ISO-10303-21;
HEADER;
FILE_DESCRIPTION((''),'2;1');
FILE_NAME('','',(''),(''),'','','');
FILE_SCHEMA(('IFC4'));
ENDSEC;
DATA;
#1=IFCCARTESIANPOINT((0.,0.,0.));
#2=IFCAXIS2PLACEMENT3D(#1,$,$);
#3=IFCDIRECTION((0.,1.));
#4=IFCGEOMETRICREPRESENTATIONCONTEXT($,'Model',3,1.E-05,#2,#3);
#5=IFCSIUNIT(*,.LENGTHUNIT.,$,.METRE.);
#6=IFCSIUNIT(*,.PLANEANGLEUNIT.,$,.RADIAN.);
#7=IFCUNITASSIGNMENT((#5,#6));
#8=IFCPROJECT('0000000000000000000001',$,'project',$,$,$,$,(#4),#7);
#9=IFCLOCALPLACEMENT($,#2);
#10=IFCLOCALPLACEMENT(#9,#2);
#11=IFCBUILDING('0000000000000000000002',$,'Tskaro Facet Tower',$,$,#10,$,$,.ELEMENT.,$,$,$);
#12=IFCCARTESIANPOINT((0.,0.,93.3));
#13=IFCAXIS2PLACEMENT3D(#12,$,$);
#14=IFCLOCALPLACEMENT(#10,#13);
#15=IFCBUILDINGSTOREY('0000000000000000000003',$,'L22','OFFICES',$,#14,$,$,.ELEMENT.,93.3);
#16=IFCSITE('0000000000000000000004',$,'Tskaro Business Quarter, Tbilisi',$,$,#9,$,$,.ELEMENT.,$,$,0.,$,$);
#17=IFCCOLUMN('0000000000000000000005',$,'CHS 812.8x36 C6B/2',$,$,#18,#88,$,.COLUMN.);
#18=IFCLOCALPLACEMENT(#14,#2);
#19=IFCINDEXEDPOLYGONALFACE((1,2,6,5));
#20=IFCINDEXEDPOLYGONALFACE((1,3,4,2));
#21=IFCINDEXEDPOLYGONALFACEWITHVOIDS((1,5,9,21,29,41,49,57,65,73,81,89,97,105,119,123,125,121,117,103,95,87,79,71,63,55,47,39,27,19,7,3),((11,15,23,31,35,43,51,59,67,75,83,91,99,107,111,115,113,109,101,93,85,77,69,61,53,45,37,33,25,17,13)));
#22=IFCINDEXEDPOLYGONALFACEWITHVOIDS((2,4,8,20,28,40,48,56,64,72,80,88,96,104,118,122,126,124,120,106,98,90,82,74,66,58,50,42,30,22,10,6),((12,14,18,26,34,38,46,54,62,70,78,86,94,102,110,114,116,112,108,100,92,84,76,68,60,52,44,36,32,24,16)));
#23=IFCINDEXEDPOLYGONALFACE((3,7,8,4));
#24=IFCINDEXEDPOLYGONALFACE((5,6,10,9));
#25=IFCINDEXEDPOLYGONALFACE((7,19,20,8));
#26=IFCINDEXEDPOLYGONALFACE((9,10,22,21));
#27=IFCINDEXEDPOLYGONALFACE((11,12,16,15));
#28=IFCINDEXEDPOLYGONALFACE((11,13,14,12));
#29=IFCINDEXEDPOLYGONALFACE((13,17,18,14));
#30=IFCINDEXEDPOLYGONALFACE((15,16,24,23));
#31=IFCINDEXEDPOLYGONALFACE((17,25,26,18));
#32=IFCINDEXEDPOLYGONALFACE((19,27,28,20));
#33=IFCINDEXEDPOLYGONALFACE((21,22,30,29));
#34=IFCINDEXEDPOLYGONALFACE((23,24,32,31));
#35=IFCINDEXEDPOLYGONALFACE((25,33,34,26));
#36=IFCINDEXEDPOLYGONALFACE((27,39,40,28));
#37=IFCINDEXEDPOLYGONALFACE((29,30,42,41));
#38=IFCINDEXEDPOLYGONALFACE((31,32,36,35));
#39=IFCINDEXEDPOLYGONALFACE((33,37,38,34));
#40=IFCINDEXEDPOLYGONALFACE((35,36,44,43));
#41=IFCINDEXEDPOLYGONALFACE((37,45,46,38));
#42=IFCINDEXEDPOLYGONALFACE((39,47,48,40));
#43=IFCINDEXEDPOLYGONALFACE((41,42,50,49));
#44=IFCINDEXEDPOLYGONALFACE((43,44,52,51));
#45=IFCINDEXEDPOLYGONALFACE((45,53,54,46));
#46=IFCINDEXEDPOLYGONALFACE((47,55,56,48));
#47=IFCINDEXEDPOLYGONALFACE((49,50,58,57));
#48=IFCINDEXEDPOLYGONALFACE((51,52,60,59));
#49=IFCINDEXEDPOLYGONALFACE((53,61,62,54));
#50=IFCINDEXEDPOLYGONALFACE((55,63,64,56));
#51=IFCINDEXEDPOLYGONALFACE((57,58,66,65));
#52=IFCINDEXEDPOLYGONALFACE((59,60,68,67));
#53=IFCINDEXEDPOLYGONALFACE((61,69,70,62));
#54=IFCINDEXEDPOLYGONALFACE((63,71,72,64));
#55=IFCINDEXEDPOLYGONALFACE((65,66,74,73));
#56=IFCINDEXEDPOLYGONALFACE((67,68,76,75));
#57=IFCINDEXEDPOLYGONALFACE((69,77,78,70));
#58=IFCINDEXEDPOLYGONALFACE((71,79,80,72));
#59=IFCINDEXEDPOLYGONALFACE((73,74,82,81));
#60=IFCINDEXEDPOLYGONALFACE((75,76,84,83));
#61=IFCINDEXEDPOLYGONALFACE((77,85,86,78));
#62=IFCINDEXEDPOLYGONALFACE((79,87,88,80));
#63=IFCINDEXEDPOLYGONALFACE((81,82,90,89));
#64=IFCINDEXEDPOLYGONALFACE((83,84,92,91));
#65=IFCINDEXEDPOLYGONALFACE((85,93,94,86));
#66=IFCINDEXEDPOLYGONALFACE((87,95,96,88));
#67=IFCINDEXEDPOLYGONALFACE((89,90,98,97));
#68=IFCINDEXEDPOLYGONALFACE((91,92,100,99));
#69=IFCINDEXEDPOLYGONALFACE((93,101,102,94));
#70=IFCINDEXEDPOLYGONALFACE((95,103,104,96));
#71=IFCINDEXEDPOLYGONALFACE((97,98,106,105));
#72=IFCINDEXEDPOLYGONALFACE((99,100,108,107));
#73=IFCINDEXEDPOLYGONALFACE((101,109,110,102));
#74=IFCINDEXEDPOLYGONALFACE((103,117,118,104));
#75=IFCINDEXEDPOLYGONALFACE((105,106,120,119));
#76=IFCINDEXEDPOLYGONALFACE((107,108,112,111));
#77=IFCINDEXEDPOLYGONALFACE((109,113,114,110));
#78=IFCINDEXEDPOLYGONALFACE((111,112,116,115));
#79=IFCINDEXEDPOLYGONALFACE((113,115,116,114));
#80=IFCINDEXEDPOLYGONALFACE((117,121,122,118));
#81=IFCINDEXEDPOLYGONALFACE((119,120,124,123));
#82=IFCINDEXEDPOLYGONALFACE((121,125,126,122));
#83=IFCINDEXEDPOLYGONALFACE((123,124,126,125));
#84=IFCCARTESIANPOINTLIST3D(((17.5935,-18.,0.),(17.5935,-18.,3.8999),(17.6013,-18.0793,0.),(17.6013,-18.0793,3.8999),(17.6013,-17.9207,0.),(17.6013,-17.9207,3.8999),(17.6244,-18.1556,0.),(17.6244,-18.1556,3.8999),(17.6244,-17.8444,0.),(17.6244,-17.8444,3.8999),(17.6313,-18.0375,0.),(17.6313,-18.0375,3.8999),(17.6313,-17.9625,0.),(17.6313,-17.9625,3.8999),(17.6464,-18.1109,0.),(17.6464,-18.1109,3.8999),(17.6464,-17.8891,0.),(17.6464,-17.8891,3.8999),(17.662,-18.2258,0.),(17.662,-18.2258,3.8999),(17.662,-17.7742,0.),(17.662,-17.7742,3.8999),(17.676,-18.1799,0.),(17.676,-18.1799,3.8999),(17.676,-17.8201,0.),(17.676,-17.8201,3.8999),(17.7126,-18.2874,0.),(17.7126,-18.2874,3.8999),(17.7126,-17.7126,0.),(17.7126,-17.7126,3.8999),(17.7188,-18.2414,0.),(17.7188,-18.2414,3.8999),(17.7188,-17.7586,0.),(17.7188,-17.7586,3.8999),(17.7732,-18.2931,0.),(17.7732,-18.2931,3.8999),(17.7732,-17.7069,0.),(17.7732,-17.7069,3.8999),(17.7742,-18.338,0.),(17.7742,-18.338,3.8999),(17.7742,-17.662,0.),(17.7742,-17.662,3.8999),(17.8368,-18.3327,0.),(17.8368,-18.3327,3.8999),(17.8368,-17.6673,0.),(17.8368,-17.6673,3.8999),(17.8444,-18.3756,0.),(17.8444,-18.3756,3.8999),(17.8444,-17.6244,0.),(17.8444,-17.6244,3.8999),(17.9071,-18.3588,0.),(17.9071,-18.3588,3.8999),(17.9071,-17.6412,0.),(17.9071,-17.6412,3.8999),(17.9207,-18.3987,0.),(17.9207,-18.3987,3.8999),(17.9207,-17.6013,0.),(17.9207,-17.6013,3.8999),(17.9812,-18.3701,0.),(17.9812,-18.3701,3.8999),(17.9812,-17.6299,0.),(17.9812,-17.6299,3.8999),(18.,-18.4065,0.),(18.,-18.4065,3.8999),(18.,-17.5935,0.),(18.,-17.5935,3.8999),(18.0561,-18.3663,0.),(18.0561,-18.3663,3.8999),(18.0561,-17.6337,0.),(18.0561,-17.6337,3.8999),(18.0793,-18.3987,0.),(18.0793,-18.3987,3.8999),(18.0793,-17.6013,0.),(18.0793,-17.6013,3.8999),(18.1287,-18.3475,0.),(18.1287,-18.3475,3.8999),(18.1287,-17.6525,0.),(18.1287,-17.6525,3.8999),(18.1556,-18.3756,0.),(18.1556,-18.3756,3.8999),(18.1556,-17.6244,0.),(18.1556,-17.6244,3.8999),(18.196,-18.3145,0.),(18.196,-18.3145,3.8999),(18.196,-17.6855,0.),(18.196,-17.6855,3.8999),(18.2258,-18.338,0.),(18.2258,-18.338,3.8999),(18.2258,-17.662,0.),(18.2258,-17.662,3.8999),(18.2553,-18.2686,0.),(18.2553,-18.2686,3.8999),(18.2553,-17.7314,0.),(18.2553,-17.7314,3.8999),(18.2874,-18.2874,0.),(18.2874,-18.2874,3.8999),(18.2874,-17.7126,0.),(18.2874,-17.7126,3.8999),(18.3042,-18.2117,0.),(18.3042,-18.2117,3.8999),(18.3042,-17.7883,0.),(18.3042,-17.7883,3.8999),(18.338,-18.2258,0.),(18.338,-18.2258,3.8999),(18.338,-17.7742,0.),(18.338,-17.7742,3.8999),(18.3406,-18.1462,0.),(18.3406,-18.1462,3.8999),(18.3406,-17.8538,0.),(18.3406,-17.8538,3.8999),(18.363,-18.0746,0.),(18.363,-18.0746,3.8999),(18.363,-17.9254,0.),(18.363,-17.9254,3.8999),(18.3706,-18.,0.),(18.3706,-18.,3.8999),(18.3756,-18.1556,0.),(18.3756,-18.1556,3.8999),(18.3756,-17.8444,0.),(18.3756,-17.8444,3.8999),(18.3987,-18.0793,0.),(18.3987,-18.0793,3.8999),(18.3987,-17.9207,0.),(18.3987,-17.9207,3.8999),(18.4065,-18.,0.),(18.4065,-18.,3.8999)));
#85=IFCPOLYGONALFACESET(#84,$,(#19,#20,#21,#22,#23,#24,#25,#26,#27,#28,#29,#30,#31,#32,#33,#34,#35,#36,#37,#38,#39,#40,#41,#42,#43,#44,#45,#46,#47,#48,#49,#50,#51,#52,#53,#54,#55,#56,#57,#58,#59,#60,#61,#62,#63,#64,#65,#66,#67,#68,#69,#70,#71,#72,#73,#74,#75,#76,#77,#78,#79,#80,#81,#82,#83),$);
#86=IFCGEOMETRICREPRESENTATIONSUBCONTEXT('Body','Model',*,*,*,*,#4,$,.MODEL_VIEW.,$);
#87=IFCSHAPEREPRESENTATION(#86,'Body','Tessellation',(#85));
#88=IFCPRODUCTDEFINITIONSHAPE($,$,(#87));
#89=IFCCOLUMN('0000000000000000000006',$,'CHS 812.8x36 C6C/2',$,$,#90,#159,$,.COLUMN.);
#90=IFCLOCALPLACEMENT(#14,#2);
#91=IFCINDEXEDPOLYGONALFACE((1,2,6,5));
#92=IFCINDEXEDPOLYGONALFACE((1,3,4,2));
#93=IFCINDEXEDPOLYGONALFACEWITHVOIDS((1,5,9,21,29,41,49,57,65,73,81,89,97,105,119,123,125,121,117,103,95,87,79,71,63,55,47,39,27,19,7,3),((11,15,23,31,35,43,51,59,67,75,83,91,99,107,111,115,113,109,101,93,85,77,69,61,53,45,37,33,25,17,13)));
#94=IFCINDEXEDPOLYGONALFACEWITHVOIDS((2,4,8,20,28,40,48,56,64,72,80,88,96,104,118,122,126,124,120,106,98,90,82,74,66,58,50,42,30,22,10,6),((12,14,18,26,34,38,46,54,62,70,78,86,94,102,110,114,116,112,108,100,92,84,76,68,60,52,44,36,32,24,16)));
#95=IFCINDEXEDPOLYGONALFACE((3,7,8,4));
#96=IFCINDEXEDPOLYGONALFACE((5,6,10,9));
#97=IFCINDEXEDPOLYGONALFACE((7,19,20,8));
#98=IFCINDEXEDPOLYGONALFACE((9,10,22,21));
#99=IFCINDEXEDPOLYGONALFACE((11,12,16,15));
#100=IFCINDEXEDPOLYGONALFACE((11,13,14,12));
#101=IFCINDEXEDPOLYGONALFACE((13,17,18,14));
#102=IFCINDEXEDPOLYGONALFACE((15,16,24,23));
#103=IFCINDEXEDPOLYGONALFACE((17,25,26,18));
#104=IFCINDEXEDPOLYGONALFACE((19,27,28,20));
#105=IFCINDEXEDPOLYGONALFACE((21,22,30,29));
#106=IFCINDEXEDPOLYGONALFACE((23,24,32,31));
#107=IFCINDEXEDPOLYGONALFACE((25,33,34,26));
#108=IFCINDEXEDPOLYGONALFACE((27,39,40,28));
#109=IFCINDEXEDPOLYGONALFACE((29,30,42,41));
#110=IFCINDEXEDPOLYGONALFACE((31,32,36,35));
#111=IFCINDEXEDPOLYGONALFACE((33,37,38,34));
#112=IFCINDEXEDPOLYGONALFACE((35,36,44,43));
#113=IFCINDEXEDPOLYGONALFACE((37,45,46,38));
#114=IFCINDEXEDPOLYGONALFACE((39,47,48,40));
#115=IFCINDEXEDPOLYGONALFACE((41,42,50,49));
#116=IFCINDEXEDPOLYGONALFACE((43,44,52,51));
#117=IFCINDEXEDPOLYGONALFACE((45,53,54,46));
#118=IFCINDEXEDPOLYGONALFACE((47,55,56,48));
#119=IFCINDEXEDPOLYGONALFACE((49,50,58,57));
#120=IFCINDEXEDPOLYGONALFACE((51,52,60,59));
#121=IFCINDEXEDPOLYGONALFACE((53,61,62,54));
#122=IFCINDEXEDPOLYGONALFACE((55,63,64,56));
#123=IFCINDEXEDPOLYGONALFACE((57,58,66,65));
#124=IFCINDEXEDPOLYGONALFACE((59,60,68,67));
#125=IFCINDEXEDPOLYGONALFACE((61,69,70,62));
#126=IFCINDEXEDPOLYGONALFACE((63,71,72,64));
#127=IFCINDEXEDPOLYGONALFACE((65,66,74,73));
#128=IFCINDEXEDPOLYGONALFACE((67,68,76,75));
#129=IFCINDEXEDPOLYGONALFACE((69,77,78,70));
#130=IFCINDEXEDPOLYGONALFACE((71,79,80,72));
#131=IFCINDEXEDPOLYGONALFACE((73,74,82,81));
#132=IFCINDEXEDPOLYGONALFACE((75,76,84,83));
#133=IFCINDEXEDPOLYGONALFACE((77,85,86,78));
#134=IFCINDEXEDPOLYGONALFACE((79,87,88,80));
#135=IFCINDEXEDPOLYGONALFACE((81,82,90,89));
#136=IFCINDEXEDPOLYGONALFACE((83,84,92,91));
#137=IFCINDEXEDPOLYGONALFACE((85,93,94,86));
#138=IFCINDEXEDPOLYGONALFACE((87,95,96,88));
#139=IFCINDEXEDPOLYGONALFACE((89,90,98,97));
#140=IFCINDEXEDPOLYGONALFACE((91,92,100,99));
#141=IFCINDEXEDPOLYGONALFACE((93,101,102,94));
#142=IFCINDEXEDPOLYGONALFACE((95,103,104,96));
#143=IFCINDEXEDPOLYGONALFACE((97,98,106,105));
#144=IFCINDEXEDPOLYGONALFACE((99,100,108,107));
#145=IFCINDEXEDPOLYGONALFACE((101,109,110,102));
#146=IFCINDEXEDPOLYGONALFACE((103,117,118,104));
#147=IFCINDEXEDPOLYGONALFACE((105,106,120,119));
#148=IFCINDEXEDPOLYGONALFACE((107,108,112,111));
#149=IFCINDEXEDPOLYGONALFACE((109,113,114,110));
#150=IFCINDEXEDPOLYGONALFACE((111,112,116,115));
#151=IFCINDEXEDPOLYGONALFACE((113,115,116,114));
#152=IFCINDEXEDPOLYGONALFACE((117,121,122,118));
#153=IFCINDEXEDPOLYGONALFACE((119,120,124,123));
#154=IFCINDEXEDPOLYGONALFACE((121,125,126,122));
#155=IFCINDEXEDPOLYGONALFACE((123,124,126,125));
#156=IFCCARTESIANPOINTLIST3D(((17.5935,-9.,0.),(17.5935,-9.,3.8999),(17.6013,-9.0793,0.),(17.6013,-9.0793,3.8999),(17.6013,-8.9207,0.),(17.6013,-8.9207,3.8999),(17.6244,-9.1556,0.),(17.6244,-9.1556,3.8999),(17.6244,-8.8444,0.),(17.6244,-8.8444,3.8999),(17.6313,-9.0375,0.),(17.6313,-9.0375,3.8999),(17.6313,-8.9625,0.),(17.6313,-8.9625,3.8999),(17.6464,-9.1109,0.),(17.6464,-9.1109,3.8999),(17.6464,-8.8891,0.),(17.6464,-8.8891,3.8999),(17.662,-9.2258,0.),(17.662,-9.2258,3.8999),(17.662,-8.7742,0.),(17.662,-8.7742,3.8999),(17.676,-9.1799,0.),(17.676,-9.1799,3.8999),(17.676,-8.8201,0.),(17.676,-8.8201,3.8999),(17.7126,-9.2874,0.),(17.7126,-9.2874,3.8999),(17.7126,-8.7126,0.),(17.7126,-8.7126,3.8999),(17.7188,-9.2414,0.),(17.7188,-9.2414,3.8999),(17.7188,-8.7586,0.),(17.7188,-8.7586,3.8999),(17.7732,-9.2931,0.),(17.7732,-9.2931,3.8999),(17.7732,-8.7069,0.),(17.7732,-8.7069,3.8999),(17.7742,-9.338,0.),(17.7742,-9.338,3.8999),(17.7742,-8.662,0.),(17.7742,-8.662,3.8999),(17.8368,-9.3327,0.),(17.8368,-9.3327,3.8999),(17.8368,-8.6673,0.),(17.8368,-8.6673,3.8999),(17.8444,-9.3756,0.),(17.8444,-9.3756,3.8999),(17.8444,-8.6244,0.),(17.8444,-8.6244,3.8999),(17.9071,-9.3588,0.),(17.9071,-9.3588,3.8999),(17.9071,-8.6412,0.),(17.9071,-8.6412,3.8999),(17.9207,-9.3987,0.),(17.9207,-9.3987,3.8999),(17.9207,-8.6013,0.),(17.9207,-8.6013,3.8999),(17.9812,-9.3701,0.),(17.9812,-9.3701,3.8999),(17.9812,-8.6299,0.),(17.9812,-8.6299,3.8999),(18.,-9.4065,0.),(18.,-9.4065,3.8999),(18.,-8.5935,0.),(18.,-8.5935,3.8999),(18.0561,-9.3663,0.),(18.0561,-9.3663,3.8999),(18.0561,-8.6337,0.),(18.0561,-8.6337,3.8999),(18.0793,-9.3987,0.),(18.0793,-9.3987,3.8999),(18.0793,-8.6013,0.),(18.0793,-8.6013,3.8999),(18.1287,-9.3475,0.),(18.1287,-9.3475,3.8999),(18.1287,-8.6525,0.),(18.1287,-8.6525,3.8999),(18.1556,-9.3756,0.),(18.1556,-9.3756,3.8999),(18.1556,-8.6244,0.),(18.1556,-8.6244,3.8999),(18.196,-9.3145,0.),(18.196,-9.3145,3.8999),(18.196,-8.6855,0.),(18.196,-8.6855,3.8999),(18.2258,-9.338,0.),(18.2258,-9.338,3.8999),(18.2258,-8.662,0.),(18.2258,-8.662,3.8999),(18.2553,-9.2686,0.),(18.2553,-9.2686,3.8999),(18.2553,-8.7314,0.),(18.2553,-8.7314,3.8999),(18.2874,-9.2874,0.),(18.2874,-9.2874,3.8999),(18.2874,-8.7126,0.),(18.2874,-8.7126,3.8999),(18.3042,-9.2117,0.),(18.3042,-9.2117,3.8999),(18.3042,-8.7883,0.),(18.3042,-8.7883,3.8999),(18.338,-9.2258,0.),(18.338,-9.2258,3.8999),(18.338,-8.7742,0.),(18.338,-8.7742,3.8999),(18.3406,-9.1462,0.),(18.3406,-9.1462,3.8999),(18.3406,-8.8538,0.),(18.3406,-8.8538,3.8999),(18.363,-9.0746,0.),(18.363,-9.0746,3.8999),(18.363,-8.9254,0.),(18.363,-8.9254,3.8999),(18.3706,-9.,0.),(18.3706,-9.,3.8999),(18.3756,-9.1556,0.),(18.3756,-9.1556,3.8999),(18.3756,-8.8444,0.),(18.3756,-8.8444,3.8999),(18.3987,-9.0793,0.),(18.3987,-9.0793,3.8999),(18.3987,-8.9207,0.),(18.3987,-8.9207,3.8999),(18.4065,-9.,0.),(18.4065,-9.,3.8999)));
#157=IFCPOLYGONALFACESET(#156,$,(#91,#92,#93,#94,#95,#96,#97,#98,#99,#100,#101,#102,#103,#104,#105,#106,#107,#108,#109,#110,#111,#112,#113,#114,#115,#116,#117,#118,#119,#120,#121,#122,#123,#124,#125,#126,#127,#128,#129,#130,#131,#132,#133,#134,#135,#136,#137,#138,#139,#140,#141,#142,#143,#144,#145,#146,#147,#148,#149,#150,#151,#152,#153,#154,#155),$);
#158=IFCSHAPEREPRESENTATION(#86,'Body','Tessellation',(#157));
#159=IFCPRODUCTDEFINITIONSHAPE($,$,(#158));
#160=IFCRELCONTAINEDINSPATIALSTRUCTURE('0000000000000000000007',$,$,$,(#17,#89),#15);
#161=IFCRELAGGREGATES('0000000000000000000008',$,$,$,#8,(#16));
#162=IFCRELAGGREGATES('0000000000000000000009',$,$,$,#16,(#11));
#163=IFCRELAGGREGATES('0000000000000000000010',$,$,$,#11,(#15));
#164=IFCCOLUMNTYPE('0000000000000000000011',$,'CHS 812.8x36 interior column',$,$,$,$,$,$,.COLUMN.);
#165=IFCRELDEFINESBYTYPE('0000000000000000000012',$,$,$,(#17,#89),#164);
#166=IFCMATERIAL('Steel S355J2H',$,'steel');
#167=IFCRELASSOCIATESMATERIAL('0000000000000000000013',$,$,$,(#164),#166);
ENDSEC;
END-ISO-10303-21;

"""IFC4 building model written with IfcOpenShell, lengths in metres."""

from ifc_helpers import new_model, si_unit, direction, frame, origin, origin_2d, place, context, subcontext, project, spatial, hollow_circle, extrude, material, material_profile, profile_set, type_object, element, save


model = new_model("IFC4")

# Units and contexts
model_context = context("Model", 3, precision=1e-05, world=origin(), true_north=direction((0.0, 1.0)))
body_context = subcontext(model_context, "Body", "Model", "MODEL_VIEW")
ifc_project = project(units=[si_unit("LENGTHUNIT", "METRE"), si_unit("PLANEANGLEUNIT", "RADIAN")], contexts=[model_context])

# Site, building, storey
site_placement = place(None, origin())
site = spatial("IfcSite", under=ifc_project, at=site_placement, Name="Tskaro Business Quarter, Tbilisi", CompositionType="ELEMENT", RefElevation=0.0)
building_placement = place(site_placement, origin())
building = spatial("IfcBuilding", under=site, at=building_placement, Name="Tskaro Facet Tower", CompositionType="ELEMENT")
storey_placement = place(building_placement, frame((0.0, 0.0, 93.3)))
storey = spatial("IfcBuildingStorey", under=building, at=storey_placement, Name="L22", Description="OFFICES", CompositionType="ELEMENT", Elevation=93.3)

# Columns
ifc_material_1 = material(Name="Steel S355J2H", Category="steel")
ifc_material_profile_1 = material_profile(ifc_material_1, hollow_circle(Radius=0.4065, WallThickness=0.0359, at=origin_2d()), Name="CHS 812.8x36")
ifc_profile_set_1 = profile_set([ifc_material_profile_1], Name="Steel S355J2H")
column_type_1 = type_object("IfcColumnType", Name="CHS 812.8x36 interior column", PredefinedType="COLUMN", material=ifc_profile_set_1)
for number, where, z_axis, x_axis, name in (
    (1, (18.0, -18.0, 0.0), (0.0, 0.0, 1.0), (1.0, 0.0, 0.0), "CHS 812.8x36 C6B/2"),
    (2, (18.0, -9.0, 0.0), (0.0, 0.0, 1.0), (1.0, 0.0, 0.0), "CHS 812.8x36 C6C/2"),
):
    element("IfcColumn", number, at=place(storey_placement, frame(where, z_axis=z_axis, x_axis=x_axis)), inside=storey, type_object=column_type_1, Name=name, PredefinedType="COLUMN", context=body_context, shape_type="SweptSolid", body=[
        extrude(hollow_circle(Radius=0.4065, WallThickness=0.0359, at=origin_2d()), origin(), (0.0, 0.0, 1.0), 3.8999),
    ])

save(model, "model.ifc")
